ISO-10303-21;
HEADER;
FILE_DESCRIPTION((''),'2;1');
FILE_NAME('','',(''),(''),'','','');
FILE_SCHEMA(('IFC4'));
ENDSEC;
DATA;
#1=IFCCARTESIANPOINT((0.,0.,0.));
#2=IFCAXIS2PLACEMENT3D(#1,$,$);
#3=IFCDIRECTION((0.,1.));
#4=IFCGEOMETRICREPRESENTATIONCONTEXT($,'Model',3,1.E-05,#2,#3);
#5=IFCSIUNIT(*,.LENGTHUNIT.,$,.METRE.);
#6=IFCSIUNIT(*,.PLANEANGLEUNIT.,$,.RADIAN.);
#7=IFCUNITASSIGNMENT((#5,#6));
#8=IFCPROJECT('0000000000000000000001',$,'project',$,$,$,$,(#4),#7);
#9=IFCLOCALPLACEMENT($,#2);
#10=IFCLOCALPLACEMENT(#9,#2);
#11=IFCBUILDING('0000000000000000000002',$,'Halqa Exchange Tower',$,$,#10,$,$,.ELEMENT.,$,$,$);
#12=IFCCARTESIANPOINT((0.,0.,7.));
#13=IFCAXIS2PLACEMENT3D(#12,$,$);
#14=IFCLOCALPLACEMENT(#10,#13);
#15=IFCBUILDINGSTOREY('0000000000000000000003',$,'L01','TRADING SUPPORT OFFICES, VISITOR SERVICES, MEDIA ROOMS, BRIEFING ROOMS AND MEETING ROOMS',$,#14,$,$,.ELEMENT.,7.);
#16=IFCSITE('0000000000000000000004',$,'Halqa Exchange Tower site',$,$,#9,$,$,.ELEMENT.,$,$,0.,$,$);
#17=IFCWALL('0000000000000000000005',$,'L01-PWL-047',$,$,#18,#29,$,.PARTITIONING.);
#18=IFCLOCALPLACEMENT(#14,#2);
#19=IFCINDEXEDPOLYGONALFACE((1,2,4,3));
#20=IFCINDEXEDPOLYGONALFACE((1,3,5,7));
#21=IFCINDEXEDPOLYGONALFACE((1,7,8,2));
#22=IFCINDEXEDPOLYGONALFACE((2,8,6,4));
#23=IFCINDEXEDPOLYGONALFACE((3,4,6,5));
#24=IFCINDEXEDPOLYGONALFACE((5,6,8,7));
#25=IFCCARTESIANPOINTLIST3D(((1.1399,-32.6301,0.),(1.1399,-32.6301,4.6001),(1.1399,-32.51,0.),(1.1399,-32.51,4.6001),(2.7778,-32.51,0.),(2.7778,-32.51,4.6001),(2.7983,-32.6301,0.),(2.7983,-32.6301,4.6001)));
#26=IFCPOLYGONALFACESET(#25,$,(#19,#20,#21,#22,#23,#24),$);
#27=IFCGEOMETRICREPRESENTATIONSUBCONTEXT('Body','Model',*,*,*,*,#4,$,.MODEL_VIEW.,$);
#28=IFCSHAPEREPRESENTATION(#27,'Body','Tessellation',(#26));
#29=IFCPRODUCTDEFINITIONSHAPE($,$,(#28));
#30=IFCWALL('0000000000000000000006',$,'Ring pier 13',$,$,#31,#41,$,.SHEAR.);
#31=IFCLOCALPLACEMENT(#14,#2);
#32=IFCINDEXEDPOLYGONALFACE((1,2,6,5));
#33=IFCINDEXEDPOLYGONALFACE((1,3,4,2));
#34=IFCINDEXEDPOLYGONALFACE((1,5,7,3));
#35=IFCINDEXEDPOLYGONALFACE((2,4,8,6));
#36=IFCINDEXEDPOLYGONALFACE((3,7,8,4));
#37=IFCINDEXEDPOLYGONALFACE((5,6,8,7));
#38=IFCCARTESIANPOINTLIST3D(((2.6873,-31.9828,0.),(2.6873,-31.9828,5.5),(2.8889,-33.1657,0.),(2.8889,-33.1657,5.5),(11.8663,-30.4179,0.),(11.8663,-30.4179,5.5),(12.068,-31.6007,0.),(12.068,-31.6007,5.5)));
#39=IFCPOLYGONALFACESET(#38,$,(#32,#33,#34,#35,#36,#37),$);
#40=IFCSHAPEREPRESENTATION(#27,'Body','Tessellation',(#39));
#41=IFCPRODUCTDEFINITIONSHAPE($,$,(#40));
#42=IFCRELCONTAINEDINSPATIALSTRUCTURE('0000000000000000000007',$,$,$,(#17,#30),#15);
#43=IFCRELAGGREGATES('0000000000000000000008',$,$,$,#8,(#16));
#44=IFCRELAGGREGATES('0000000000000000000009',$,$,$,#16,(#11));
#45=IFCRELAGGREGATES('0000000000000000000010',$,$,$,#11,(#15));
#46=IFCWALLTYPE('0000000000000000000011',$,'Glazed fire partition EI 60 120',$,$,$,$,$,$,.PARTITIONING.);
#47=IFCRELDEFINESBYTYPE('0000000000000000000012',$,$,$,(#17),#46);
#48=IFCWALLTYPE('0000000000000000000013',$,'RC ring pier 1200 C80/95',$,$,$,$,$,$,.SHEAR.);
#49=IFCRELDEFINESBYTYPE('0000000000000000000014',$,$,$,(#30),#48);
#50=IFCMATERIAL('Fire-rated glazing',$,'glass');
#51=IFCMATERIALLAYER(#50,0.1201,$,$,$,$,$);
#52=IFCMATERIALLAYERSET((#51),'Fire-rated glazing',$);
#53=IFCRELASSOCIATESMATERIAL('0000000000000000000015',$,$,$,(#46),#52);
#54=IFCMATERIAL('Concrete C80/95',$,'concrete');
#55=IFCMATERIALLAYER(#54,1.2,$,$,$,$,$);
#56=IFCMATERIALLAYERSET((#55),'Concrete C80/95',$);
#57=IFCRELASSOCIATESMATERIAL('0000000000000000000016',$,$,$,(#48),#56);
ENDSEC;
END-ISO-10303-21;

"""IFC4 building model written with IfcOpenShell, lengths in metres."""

from ifc_helpers import new_model, si_unit, direction, frame, frame_2d, origin, place, context, subcontext, project, spatial, polyline, rectangle, outline, extrude, material, layer, layer_set, type_object, element, save


model = new_model("IFC4")

# Units and contexts
model_context = context("Model", 3, precision=1e-05, world=origin(), true_north=direction((0.0, 1.0)))
body_context = subcontext(model_context, "Body", "Model", "MODEL_VIEW")
ifc_project = project(units=[si_unit("LENGTHUNIT", "METRE"), si_unit("PLANEANGLEUNIT", "RADIAN")], contexts=[model_context])

# Site, building, storey
site_placement = place(None, origin())
site = spatial("IfcSite", under=ifc_project, at=site_placement, Name="Halqa Exchange Tower site", CompositionType="ELEMENT", RefElevation=0.0)
building_placement = place(site_placement, origin())
building = spatial("IfcBuilding", under=site, at=building_placement, Name="Halqa Exchange Tower", CompositionType="ELEMENT")
storey_placement = place(building_placement, frame((0.0, 0.0, 7.0)))
storey = spatial("IfcBuildingStorey", under=building, at=storey_placement, Name="L01", Description="TRADING SUPPORT OFFICES, VISITOR SERVICES, MEDIA ROOMS, BRIEFING ROOMS AND MEETING ROOMS", CompositionType="ELEMENT", Elevation=7.0)

# Walls
ifc_material_1 = material(Name="Fire-rated glazing", Category="glass")
ifc_layer_1 = layer(ifc_material_1, 0.1201)
ifc_layer_set_1 = layer_set([ifc_layer_1], Name="Fire-rated glazing")
wall_type_1 = type_object("IfcWallType", Name="Glazed fire partition EI 60 120", PredefinedType="PARTITIONING", material=ifc_layer_set_1)
wall_1_placement = place(storey_placement, frame((1.1399, -32.5701, 0.0), z_axis=(0.0, 0.0, 1.0), x_axis=(1.0, 0.0, 0.0)))
element("IfcWall", 1, at=wall_1_placement, inside=storey, type_object=wall_type_1, Name="L01-PWL-047", PredefinedType="PARTITIONING", context=body_context, shape_type="SweptSolid", body=[
    extrude(outline(polyline([(0.0, -0.0601), (1.6584, -0.0601), (1.6379, 0.0601), (0.0, 0.0601), (0.0, -0.0601)])), origin(), (0.0, 0.0, 1.0), 4.6001),
])
ifc_material_2 = material(Name="Concrete C80/95", Category="concrete")
ifc_layer_2 = layer(ifc_material_2, 1.2)
ifc_layer_set_2 = layer_set([ifc_layer_2], Name="Concrete C80/95")
wall_type_2 = type_object("IfcWallType", Name="RC ring pier 1200 C80/95", PredefinedType="SHEAR", material=ifc_layer_set_2)
wall_2_placement = place(storey_placement, frame((2.7881, -32.5742, 0.0), z_axis=(0.0, 0.0, 1.0), x_axis=(0.985776, 0.168063, 0.0)))
element("IfcWall", 2, at=wall_2_placement, inside=storey, type_object=wall_type_2, Name="Ring pier 13", PredefinedType="SHEAR", context=body_context, shape_type="SweptSolid", body=[
    extrude(rectangle(XDim=9.3115, YDim=1.2, at=frame_2d((4.6558, 0.0))), origin(), (0.0, 0.0, 1.0), 5.5),
])

save(model, "model.ifc")
